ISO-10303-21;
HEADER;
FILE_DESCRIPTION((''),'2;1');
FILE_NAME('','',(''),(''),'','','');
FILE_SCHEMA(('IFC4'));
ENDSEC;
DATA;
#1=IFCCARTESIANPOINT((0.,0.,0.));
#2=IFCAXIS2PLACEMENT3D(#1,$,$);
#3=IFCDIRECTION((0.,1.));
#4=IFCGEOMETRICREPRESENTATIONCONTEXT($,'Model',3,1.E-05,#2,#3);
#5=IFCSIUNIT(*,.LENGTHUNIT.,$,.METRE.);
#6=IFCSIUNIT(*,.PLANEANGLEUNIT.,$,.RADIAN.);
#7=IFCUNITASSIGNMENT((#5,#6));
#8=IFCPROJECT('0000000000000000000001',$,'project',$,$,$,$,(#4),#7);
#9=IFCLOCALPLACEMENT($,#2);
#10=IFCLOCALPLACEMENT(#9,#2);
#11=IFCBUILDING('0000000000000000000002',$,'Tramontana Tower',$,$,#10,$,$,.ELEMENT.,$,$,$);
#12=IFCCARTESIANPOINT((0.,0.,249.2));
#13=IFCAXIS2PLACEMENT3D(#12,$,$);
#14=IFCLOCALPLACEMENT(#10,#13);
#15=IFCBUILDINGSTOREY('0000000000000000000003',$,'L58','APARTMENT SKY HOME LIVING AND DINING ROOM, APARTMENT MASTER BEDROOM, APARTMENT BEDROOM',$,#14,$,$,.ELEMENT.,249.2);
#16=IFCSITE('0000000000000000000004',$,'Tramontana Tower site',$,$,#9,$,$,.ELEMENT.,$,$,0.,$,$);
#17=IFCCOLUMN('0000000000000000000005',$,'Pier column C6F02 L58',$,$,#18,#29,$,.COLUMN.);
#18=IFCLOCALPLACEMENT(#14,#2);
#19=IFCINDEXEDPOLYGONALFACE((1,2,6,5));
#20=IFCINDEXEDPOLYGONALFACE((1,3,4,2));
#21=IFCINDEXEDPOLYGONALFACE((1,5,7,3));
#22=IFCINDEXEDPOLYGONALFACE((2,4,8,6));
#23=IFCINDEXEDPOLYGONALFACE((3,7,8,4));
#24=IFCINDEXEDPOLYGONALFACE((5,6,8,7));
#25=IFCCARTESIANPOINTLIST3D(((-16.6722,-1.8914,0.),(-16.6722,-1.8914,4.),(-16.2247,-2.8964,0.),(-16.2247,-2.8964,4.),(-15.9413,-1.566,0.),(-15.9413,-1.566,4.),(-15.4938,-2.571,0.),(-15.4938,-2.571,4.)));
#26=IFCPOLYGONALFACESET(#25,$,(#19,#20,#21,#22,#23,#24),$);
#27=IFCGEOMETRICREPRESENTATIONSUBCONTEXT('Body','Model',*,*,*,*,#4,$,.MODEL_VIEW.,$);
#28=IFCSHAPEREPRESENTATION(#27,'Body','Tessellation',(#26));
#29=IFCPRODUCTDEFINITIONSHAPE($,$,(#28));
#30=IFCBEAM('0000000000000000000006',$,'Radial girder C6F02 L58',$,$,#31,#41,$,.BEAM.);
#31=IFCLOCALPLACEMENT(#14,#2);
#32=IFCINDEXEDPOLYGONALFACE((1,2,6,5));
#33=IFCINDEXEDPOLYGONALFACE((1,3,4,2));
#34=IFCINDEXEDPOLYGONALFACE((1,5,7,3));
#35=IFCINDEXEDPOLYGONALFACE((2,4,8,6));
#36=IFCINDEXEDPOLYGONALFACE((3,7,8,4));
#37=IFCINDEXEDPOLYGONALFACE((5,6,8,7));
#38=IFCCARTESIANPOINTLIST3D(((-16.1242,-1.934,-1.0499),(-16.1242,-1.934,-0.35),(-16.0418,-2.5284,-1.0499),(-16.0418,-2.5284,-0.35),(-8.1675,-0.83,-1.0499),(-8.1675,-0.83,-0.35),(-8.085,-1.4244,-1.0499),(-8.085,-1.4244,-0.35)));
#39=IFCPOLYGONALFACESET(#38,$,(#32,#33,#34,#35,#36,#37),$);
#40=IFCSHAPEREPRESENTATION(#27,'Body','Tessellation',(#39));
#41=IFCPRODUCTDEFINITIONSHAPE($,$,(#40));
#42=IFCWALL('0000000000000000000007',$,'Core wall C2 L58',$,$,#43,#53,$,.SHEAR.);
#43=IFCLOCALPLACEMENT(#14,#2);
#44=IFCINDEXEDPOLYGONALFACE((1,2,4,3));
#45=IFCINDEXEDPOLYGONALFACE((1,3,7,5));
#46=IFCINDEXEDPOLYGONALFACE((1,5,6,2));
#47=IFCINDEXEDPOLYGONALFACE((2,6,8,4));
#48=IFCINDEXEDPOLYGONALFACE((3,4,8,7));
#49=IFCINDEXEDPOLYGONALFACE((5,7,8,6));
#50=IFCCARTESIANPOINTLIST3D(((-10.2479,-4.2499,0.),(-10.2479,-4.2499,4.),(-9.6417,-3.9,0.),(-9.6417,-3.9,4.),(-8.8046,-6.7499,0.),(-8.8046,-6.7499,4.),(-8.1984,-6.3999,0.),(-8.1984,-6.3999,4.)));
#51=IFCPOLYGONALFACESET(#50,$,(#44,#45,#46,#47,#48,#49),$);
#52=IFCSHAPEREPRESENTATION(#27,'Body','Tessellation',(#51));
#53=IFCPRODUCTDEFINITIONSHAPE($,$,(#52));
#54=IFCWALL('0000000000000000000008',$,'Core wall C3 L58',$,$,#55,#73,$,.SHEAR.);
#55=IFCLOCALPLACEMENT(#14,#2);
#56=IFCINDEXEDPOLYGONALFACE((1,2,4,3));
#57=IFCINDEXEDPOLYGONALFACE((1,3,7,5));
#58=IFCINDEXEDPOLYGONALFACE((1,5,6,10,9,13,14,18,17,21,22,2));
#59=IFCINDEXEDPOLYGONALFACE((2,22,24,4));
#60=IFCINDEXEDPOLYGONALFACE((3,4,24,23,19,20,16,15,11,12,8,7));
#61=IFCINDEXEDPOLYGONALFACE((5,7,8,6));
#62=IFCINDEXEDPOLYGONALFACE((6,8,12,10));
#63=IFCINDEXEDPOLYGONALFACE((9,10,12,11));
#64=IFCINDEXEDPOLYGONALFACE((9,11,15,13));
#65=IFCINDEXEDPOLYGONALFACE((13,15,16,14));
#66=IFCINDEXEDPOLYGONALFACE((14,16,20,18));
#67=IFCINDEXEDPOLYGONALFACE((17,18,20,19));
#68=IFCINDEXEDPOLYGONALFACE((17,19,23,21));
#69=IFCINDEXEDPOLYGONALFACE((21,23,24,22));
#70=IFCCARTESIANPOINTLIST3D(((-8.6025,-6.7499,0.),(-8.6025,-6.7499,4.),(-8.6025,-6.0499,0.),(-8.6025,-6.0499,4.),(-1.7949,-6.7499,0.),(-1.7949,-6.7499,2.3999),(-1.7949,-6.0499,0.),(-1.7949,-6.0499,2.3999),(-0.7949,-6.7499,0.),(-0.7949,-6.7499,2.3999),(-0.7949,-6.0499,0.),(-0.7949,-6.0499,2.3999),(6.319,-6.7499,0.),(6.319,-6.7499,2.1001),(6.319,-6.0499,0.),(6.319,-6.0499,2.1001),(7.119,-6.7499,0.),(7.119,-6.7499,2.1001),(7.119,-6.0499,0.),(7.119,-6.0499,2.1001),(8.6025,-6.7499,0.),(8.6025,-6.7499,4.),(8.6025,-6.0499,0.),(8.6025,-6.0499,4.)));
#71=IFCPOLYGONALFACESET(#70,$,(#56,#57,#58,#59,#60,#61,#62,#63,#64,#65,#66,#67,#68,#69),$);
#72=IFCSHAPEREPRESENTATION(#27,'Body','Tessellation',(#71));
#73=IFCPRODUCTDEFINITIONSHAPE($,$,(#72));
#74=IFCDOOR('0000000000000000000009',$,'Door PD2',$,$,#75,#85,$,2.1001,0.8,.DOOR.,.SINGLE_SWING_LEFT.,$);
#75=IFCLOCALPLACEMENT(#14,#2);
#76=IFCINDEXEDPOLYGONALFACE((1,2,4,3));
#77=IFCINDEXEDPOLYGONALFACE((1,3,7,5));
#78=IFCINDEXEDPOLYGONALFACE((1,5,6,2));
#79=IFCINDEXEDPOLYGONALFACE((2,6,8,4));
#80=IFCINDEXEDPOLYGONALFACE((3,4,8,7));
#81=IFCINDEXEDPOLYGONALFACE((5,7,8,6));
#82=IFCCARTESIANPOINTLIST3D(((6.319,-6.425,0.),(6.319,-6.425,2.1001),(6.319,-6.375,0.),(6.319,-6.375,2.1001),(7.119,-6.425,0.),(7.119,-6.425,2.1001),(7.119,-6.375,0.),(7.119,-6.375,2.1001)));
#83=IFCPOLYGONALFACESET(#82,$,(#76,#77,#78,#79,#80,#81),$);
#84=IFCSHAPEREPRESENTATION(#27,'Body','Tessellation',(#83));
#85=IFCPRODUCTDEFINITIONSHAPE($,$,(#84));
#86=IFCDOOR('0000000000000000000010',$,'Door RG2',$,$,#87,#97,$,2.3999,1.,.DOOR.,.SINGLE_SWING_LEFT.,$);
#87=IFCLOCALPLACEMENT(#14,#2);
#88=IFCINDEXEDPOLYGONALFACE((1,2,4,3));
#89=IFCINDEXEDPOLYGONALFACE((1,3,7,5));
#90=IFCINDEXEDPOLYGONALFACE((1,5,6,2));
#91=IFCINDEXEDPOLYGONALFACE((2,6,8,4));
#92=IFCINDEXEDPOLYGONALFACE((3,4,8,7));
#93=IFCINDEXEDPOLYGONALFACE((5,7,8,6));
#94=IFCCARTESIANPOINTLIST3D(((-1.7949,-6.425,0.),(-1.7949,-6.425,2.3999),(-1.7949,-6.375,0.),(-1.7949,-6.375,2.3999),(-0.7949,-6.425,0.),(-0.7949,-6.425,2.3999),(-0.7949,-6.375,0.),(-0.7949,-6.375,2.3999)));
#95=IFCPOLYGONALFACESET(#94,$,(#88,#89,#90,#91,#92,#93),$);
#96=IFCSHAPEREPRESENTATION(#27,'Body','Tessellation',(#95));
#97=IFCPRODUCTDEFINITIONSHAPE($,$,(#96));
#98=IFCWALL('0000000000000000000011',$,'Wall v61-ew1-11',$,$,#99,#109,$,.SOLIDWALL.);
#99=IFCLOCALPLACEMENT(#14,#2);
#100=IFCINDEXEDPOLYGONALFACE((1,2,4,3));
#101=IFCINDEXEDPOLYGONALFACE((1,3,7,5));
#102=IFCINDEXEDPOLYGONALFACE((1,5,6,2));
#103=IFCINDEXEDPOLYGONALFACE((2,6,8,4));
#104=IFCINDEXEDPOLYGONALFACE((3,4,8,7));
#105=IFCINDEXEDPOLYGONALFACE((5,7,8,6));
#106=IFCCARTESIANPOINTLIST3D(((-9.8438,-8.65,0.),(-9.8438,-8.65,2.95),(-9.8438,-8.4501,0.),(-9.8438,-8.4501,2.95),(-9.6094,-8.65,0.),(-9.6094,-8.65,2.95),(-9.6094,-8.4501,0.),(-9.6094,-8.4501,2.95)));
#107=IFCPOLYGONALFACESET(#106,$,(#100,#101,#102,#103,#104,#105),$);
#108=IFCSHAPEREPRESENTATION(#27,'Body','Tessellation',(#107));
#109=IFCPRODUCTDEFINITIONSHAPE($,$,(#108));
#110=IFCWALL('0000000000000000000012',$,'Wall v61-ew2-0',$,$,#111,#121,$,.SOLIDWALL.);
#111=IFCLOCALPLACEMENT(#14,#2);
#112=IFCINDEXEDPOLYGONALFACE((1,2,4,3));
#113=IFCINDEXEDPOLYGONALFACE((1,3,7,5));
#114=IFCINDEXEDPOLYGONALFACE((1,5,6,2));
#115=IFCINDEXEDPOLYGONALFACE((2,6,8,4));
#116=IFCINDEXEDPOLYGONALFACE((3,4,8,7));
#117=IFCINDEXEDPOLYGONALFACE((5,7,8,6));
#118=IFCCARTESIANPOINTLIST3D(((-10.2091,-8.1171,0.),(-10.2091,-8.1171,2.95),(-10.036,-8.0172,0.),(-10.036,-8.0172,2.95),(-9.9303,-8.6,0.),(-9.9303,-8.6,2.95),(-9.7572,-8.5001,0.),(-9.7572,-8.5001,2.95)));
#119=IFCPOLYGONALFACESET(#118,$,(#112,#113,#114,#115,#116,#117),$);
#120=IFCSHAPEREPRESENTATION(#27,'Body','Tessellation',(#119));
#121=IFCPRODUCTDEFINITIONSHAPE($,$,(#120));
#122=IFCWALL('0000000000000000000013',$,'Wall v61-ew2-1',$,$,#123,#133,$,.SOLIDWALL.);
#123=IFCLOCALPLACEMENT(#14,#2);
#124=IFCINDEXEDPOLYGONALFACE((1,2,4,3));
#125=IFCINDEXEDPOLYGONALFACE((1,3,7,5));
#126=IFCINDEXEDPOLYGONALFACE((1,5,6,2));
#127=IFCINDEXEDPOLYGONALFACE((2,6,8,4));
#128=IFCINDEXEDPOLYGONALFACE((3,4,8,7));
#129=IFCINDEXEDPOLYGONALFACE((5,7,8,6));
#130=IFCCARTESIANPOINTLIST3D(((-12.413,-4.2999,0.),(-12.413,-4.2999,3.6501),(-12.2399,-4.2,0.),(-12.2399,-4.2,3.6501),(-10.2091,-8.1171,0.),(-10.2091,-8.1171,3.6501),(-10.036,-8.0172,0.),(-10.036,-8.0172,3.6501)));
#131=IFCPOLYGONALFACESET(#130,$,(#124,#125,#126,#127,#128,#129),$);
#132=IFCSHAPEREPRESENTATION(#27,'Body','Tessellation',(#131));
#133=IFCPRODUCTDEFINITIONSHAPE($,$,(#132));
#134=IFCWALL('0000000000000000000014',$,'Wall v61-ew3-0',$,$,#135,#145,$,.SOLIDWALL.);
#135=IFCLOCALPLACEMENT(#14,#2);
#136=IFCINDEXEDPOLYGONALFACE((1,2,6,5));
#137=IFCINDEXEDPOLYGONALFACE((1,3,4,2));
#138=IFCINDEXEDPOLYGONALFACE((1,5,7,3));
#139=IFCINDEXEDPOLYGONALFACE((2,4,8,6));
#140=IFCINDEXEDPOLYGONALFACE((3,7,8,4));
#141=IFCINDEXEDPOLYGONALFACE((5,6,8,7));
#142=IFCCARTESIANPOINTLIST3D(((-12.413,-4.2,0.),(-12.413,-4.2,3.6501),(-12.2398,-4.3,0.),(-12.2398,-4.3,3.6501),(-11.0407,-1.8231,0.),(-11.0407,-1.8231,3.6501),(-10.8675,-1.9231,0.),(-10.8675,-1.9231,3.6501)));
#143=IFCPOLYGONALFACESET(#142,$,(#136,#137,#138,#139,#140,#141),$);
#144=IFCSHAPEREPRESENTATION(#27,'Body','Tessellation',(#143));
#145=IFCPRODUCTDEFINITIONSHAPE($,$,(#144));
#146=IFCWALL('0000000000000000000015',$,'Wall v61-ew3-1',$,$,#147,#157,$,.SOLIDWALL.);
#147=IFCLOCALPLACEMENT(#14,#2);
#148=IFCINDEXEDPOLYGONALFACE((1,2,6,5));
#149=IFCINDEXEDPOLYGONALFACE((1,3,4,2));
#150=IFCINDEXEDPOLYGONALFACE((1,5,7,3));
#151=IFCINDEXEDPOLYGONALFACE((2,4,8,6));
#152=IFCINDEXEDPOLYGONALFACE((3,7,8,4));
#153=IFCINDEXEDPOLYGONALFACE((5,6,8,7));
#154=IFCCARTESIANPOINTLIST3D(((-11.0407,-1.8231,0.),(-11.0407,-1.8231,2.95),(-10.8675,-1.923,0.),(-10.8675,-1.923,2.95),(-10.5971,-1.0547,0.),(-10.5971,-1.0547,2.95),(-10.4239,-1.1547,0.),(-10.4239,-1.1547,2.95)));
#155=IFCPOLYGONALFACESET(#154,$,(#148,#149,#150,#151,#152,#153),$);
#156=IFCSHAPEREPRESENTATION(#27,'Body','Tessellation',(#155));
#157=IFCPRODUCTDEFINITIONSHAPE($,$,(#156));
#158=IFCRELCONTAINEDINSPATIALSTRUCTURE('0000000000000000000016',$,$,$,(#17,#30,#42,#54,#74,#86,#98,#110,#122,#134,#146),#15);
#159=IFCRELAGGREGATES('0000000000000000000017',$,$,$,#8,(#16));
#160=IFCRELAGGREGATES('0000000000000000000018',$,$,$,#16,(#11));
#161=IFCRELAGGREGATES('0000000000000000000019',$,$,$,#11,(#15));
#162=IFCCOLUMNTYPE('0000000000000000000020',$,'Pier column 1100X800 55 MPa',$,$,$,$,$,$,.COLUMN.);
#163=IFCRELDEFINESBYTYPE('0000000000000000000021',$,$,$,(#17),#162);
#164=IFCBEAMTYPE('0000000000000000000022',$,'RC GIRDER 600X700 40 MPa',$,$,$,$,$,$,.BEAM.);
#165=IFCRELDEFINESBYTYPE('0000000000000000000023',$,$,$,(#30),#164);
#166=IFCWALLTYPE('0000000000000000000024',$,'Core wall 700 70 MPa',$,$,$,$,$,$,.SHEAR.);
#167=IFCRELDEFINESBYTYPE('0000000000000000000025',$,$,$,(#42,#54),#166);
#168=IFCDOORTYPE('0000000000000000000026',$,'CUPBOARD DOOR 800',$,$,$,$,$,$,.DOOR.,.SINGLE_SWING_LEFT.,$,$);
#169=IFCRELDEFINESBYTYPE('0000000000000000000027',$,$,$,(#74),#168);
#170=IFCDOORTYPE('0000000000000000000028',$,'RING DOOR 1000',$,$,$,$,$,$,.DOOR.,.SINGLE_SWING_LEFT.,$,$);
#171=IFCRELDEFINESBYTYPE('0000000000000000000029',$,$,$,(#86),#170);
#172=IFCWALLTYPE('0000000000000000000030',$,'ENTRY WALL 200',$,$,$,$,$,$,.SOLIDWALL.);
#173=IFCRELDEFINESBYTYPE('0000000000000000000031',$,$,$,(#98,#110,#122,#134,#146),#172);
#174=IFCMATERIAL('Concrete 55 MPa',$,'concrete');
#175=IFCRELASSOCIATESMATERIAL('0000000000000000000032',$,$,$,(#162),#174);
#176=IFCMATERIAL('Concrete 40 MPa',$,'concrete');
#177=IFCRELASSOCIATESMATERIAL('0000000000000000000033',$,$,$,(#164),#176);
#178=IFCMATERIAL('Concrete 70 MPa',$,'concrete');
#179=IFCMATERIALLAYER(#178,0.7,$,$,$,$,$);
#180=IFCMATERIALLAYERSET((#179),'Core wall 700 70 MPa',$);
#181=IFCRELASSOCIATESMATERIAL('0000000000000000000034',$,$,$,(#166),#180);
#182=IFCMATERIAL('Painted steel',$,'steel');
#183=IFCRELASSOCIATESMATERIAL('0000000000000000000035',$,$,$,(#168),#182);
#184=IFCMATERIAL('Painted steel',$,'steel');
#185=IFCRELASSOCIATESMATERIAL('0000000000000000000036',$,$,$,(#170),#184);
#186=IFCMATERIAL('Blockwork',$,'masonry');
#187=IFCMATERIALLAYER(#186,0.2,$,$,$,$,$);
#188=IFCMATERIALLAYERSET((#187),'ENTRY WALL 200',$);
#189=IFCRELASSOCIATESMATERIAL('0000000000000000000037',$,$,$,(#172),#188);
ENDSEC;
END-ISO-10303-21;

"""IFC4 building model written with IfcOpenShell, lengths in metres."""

from ifc_helpers import new_model, si_unit, direction, frame, frame_2d, origin, origin_2d, place, context, subcontext, project, spatial, rectangle, extrude, material, layer, layer_set, material_profile, profile_set, type_object, element, fill, save


model = new_model("IFC4")

# Units and contexts
model_context = context("Model", 3, precision=1e-05, world=origin(), true_north=direction((0.0, 1.0)))
body_context = subcontext(model_context, "Body", "Model", "MODEL_VIEW")
ifc_project = project(units=[si_unit("LENGTHUNIT", "METRE"), si_unit("PLANEANGLEUNIT", "RADIAN")], contexts=[model_context])

# Site, building, storey
site_placement = place(None, origin())
site = spatial("IfcSite", under=ifc_project, at=site_placement, Name="Tramontana Tower site", CompositionType="ELEMENT", RefElevation=0.0)
building_placement = place(site_placement, origin())
building = spatial("IfcBuilding", under=site, at=building_placement, Name="Tramontana Tower", CompositionType="ELEMENT")
storey_placement = place(building_placement, frame((0.0, 0.0, 249.2)))
storey = spatial("IfcBuildingStorey", under=building, at=storey_placement, Name="L58", Description="APARTMENT SKY HOME LIVING AND DINING ROOM, APARTMENT MASTER BEDROOM, APARTMENT BEDROOM", CompositionType="ELEMENT", Elevation=249.2)

# Column
ifc_material_1 = material(Name="Concrete 55 MPa", Category="concrete")
ifc_material_profile_1 = material_profile(ifc_material_1, rectangle(XDim=1.1001, YDim=0.8, at=origin_2d()), Name="Pier column 1100X800 55 MPa")
ifc_profile_set_1 = profile_set([ifc_material_profile_1], Name="Concrete 55 MPa")
column_type = type_object("IfcColumnType", Name="Pier column 1100X800 55 MPa", PredefinedType="COLUMN", material=ifc_profile_set_1)
column_placement = place(storey_placement, frame((-16.083, -2.2312, 0.0), z_axis=(0.0, 0.0, 1.0), x_axis=(0.406737, -0.913545, 0.0)))
element("IfcColumn", 1, at=column_placement, inside=storey, type_object=column_type, Name="Pier column C6F02 L58", PredefinedType="COLUMN", context=body_context, shape_type="SweptSolid", body=[
    extrude(rectangle(XDim=1.1001, YDim=0.8, at=origin_2d()), origin(), (0.0, 0.0, 1.0), 4.0),
])

# Beam
ifc_material_2 = material(Name="Concrete 40 MPa", Category="concrete")
ifc_material_profile_2 = material_profile(ifc_material_2, rectangle(XDim=0.6001, YDim=0.7, at=origin_2d()), Name="RC GIRDER 600X700 40 MPa")
ifc_profile_set_2 = profile_set([ifc_material_profile_2], Name="Concrete 40 MPa")
beam_type = type_object("IfcBeamType", Name="RC GIRDER 600X700 40 MPa", PredefinedType="BEAM", material=ifc_profile_set_2)
beam_placement = place(storey_placement, frame((-16.083, -2.2312, -0.7), z_axis=(0.990511, 0.137433, 0.0), x_axis=(-0.137433, 0.990511, 0.0)))
element("IfcBeam", 2, at=beam_placement, inside=storey, type_object=beam_type, Name="Radial girder C6F02 L58", PredefinedType="BEAM", context=body_context, shape_type="SweptSolid", body=[
    extrude(rectangle(XDim=0.6001, YDim=0.7, at=origin_2d()), origin(), (0.0, 0.0, 1.0), 8.033),
])

# Wall
ifc_material_3 = material(Name="Concrete 70 MPa", Category="concrete")
ifc_layer_1 = layer(ifc_material_3, 0.7)
ifc_layer_set_1 = layer_set([ifc_layer_1], Name="Core wall 700 70 MPa")
wall_type_1 = type_object("IfcWallType", Name="Core wall 700 70 MPa", PredefinedType="SHEAR", material=ifc_layer_set_1)
wall_1_placement = place(storey_placement, frame((-9.9448, -4.075, 0.0), z_axis=(0.0, 0.0, 1.0), x_axis=(0.499996, -0.866028, 0.0)))
element("IfcWall", 3, at=wall_1_placement, inside=storey, type_object=wall_type_1, Name="Core wall C2 L58", PredefinedType="SHEAR", context=body_context, shape_type="SweptSolid", body=[
    extrude(rectangle(XDim=2.8867, YDim=0.7, at=frame_2d((1.4434, 0.0))), origin(), (0.0, 0.0, 1.0), 4.0),
])

# Wall, openings, doors
wall_2_placement = place(storey_placement, frame((-8.6025, -6.3999, 0.0), z_axis=(0.0, 0.0, 1.0), x_axis=(1.0, 0.0, 0.0)))
wall_2 = element("IfcWall", 4, at=wall_2_placement, inside=storey, type_object=wall_type_1, Name="Core wall C3 L58", PredefinedType="SHEAR", context=body_context, shape_type="SweptSolid", body=[
    extrude(rectangle(XDim=17.2051, YDim=0.7, at=frame_2d((8.6025, 0.0))), origin(), (0.0, 0.0, 1.0), 4.0),
])
opening_1_placement = place(wall_2_placement, frame((6.8076, 0.0, 0.0)))
opening_1 = element("IfcOpeningElement", 5, at=opening_1_placement, cuts=wall_2, PredefinedType="OPENING", context=body_context, shape_type="SweptSolid", body=[
    extrude(rectangle(XDim=1.0, YDim=2.3999, at=frame_2d((0.5, 1.2))), frame((0.0, 0.3599, 0.0), z_axis=(0.0, -1.0, 0.0), x_axis=(1.0, 0.0, 0.0)), (0.0, 0.0, 1.0), 0.72),
])
opening_2_placement = place(wall_2_placement, frame((14.9216, 0.0, 0.0)))
opening_2 = element("IfcOpeningElement", 6, at=opening_2_placement, cuts=wall_2, PredefinedType="OPENING", context=body_context, shape_type="SweptSolid", body=[
    extrude(rectangle(XDim=0.8, YDim=2.1001, at=frame_2d((0.3999, 1.05))), frame((0.0, 0.3599, 0.0), z_axis=(0.0, -1.0, 0.0), x_axis=(1.0, 0.0, 0.0)), (0.0, 0.0, 1.0), 0.72),
])
ifc_material_4 = material(Name="Painted steel", Category="steel")
door_type_1 = type_object("IfcDoorType", Name="CUPBOARD DOOR 800", OperationType="SINGLE_SWING_LEFT", PredefinedType="DOOR", material=ifc_material_4)
door_1_placement = place(opening_2_placement, origin())
door_1 = element("IfcDoor", 7, at=door_1_placement, inside=storey, type_object=door_type_1, Name="Door PD2", OperationType="SINGLE_SWING_LEFT", OverallHeight=2.1001, OverallWidth=0.8, PredefinedType="DOOR", context=body_context, shape_type="SweptSolid", body=[
    extrude(rectangle(XDim=0.8, YDim=2.1001, at=frame_2d((0.3999, 1.05))), frame((0.0, 0.0249, 0.0), z_axis=(0.0, -1.0, 0.0), x_axis=(1.0, 0.0, 0.0)), (0.0, 0.0, 1.0), 0.05),
])
fill(opening_2, door_1)
ifc_material_5 = material(Name="Painted steel", Category="steel")
door_type_2 = type_object("IfcDoorType", Name="RING DOOR 1000", OperationType="SINGLE_SWING_LEFT", PredefinedType="DOOR", material=ifc_material_5)
door_2_placement = place(opening_1_placement, origin())
door_2 = element("IfcDoor", 8, at=door_2_placement, inside=storey, type_object=door_type_2, Name="Door RG2", OperationType="SINGLE_SWING_LEFT", OverallHeight=2.3999, OverallWidth=1.0, PredefinedType="DOOR", context=body_context, shape_type="SweptSolid", body=[
    extrude(rectangle(XDim=1.0, YDim=2.3999, at=frame_2d((0.5, 1.2))), frame((0.0, 0.0249, 0.0), z_axis=(0.0, -1.0, 0.0), x_axis=(1.0, 0.0, 0.0)), (0.0, 0.0, 1.0), 0.05),
])
fill(opening_1, door_2)

# Walls
ifc_material_6 = material(Name="Blockwork", Category="masonry")
ifc_layer_2 = layer(ifc_material_6, 0.2)
ifc_layer_set_2 = layer_set([ifc_layer_2], Name="ENTRY WALL 200")
wall_type_2 = type_object("IfcWallType", Name="ENTRY WALL 200", PredefinedType="SOLIDWALL", material=ifc_layer_set_2)
wall_3_placement = place(storey_placement, frame((-9.6094, -8.55, 0.0), z_axis=(0.0, 0.0, 1.0), x_axis=(-1.0, 0.0, 0.0)))
element("IfcWall", 9, at=wall_3_placement, inside=storey, type_object=wall_type_2, Name="Wall v61-ew1-11", PredefinedType="SOLIDWALL", context=body_context, shape_type="SweptSolid", body=[
    extrude(rectangle(XDim=0.2344, YDim=0.2, at=frame_2d((0.1172, 0.0))), origin(), (0.0, 0.0, 1.0), 2.95),
])
wall_4_placement = place(storey_placement, frame((-9.8438, -8.55, 0.0), z_axis=(0.0, 0.0, 1.0), x_axis=(-0.5, 0.866025, 0.0)))
element("IfcWall", 10, at=wall_4_placement, inside=storey, type_object=wall_type_2, Name="Wall v61-ew2-0", PredefinedType="SOLIDWALL", context=body_context, shape_type="SweptSolid", body=[
    extrude(rectangle(XDim=0.5576, YDim=0.2, at=frame_2d((0.2788, 0.0))), origin(), (0.0, 0.0, 1.0), 2.95),
])
wall_5_placement = place(storey_placement, frame((-10.1226, -8.0671, 0.0), z_axis=(0.0, 0.0, 1.0), x_axis=(-0.500005, 0.866022, 0.0)))
element("IfcWall", 11, at=wall_5_placement, inside=storey, type_object=wall_type_2, Name="Wall v61-ew2-1", PredefinedType="SOLIDWALL", context=body_context, shape_type="SweptSolid", body=[
    extrude(rectangle(XDim=4.4077, YDim=0.2, at=frame_2d((2.2039, 0.0))), origin(), (0.0, 0.0, 1.0), 3.6501),
])
wall_6_placement = place(storey_placement, frame((-12.3264, -4.25, 0.0), z_axis=(0.0, 0.0, 1.0), x_axis=(0.499995, 0.866029, 0.0)))
element("IfcWall", 12, at=wall_6_placement, inside=storey, type_object=wall_type_2, Name="Wall v61-ew3-0", PredefinedType="SOLIDWALL", context=body_context, shape_type="SweptSolid", body=[
    extrude(rectangle(XDim=2.7446, YDim=0.2, at=frame_2d((1.3723, 0.0))), origin(), (0.0, 0.0, 1.0), 3.6501),
])
wall_7_placement = place(storey_placement, frame((-10.9541, -1.873, 0.0), z_axis=(0.0, 0.0, 1.0), x_axis=(0.500016, 0.866016, 0.0)))
element("IfcWall", 13, at=wall_7_placement, inside=storey, type_object=wall_type_2, Name="Wall v61-ew3-1", PredefinedType="SOLIDWALL", context=body_context, shape_type="SweptSolid", body=[
    extrude(rectangle(XDim=0.8872, YDim=0.2, at=frame_2d((0.4436, 0.0))), origin(), (0.0, 0.0, 1.0), 2.95),
])

save(model, "model.ifc")
